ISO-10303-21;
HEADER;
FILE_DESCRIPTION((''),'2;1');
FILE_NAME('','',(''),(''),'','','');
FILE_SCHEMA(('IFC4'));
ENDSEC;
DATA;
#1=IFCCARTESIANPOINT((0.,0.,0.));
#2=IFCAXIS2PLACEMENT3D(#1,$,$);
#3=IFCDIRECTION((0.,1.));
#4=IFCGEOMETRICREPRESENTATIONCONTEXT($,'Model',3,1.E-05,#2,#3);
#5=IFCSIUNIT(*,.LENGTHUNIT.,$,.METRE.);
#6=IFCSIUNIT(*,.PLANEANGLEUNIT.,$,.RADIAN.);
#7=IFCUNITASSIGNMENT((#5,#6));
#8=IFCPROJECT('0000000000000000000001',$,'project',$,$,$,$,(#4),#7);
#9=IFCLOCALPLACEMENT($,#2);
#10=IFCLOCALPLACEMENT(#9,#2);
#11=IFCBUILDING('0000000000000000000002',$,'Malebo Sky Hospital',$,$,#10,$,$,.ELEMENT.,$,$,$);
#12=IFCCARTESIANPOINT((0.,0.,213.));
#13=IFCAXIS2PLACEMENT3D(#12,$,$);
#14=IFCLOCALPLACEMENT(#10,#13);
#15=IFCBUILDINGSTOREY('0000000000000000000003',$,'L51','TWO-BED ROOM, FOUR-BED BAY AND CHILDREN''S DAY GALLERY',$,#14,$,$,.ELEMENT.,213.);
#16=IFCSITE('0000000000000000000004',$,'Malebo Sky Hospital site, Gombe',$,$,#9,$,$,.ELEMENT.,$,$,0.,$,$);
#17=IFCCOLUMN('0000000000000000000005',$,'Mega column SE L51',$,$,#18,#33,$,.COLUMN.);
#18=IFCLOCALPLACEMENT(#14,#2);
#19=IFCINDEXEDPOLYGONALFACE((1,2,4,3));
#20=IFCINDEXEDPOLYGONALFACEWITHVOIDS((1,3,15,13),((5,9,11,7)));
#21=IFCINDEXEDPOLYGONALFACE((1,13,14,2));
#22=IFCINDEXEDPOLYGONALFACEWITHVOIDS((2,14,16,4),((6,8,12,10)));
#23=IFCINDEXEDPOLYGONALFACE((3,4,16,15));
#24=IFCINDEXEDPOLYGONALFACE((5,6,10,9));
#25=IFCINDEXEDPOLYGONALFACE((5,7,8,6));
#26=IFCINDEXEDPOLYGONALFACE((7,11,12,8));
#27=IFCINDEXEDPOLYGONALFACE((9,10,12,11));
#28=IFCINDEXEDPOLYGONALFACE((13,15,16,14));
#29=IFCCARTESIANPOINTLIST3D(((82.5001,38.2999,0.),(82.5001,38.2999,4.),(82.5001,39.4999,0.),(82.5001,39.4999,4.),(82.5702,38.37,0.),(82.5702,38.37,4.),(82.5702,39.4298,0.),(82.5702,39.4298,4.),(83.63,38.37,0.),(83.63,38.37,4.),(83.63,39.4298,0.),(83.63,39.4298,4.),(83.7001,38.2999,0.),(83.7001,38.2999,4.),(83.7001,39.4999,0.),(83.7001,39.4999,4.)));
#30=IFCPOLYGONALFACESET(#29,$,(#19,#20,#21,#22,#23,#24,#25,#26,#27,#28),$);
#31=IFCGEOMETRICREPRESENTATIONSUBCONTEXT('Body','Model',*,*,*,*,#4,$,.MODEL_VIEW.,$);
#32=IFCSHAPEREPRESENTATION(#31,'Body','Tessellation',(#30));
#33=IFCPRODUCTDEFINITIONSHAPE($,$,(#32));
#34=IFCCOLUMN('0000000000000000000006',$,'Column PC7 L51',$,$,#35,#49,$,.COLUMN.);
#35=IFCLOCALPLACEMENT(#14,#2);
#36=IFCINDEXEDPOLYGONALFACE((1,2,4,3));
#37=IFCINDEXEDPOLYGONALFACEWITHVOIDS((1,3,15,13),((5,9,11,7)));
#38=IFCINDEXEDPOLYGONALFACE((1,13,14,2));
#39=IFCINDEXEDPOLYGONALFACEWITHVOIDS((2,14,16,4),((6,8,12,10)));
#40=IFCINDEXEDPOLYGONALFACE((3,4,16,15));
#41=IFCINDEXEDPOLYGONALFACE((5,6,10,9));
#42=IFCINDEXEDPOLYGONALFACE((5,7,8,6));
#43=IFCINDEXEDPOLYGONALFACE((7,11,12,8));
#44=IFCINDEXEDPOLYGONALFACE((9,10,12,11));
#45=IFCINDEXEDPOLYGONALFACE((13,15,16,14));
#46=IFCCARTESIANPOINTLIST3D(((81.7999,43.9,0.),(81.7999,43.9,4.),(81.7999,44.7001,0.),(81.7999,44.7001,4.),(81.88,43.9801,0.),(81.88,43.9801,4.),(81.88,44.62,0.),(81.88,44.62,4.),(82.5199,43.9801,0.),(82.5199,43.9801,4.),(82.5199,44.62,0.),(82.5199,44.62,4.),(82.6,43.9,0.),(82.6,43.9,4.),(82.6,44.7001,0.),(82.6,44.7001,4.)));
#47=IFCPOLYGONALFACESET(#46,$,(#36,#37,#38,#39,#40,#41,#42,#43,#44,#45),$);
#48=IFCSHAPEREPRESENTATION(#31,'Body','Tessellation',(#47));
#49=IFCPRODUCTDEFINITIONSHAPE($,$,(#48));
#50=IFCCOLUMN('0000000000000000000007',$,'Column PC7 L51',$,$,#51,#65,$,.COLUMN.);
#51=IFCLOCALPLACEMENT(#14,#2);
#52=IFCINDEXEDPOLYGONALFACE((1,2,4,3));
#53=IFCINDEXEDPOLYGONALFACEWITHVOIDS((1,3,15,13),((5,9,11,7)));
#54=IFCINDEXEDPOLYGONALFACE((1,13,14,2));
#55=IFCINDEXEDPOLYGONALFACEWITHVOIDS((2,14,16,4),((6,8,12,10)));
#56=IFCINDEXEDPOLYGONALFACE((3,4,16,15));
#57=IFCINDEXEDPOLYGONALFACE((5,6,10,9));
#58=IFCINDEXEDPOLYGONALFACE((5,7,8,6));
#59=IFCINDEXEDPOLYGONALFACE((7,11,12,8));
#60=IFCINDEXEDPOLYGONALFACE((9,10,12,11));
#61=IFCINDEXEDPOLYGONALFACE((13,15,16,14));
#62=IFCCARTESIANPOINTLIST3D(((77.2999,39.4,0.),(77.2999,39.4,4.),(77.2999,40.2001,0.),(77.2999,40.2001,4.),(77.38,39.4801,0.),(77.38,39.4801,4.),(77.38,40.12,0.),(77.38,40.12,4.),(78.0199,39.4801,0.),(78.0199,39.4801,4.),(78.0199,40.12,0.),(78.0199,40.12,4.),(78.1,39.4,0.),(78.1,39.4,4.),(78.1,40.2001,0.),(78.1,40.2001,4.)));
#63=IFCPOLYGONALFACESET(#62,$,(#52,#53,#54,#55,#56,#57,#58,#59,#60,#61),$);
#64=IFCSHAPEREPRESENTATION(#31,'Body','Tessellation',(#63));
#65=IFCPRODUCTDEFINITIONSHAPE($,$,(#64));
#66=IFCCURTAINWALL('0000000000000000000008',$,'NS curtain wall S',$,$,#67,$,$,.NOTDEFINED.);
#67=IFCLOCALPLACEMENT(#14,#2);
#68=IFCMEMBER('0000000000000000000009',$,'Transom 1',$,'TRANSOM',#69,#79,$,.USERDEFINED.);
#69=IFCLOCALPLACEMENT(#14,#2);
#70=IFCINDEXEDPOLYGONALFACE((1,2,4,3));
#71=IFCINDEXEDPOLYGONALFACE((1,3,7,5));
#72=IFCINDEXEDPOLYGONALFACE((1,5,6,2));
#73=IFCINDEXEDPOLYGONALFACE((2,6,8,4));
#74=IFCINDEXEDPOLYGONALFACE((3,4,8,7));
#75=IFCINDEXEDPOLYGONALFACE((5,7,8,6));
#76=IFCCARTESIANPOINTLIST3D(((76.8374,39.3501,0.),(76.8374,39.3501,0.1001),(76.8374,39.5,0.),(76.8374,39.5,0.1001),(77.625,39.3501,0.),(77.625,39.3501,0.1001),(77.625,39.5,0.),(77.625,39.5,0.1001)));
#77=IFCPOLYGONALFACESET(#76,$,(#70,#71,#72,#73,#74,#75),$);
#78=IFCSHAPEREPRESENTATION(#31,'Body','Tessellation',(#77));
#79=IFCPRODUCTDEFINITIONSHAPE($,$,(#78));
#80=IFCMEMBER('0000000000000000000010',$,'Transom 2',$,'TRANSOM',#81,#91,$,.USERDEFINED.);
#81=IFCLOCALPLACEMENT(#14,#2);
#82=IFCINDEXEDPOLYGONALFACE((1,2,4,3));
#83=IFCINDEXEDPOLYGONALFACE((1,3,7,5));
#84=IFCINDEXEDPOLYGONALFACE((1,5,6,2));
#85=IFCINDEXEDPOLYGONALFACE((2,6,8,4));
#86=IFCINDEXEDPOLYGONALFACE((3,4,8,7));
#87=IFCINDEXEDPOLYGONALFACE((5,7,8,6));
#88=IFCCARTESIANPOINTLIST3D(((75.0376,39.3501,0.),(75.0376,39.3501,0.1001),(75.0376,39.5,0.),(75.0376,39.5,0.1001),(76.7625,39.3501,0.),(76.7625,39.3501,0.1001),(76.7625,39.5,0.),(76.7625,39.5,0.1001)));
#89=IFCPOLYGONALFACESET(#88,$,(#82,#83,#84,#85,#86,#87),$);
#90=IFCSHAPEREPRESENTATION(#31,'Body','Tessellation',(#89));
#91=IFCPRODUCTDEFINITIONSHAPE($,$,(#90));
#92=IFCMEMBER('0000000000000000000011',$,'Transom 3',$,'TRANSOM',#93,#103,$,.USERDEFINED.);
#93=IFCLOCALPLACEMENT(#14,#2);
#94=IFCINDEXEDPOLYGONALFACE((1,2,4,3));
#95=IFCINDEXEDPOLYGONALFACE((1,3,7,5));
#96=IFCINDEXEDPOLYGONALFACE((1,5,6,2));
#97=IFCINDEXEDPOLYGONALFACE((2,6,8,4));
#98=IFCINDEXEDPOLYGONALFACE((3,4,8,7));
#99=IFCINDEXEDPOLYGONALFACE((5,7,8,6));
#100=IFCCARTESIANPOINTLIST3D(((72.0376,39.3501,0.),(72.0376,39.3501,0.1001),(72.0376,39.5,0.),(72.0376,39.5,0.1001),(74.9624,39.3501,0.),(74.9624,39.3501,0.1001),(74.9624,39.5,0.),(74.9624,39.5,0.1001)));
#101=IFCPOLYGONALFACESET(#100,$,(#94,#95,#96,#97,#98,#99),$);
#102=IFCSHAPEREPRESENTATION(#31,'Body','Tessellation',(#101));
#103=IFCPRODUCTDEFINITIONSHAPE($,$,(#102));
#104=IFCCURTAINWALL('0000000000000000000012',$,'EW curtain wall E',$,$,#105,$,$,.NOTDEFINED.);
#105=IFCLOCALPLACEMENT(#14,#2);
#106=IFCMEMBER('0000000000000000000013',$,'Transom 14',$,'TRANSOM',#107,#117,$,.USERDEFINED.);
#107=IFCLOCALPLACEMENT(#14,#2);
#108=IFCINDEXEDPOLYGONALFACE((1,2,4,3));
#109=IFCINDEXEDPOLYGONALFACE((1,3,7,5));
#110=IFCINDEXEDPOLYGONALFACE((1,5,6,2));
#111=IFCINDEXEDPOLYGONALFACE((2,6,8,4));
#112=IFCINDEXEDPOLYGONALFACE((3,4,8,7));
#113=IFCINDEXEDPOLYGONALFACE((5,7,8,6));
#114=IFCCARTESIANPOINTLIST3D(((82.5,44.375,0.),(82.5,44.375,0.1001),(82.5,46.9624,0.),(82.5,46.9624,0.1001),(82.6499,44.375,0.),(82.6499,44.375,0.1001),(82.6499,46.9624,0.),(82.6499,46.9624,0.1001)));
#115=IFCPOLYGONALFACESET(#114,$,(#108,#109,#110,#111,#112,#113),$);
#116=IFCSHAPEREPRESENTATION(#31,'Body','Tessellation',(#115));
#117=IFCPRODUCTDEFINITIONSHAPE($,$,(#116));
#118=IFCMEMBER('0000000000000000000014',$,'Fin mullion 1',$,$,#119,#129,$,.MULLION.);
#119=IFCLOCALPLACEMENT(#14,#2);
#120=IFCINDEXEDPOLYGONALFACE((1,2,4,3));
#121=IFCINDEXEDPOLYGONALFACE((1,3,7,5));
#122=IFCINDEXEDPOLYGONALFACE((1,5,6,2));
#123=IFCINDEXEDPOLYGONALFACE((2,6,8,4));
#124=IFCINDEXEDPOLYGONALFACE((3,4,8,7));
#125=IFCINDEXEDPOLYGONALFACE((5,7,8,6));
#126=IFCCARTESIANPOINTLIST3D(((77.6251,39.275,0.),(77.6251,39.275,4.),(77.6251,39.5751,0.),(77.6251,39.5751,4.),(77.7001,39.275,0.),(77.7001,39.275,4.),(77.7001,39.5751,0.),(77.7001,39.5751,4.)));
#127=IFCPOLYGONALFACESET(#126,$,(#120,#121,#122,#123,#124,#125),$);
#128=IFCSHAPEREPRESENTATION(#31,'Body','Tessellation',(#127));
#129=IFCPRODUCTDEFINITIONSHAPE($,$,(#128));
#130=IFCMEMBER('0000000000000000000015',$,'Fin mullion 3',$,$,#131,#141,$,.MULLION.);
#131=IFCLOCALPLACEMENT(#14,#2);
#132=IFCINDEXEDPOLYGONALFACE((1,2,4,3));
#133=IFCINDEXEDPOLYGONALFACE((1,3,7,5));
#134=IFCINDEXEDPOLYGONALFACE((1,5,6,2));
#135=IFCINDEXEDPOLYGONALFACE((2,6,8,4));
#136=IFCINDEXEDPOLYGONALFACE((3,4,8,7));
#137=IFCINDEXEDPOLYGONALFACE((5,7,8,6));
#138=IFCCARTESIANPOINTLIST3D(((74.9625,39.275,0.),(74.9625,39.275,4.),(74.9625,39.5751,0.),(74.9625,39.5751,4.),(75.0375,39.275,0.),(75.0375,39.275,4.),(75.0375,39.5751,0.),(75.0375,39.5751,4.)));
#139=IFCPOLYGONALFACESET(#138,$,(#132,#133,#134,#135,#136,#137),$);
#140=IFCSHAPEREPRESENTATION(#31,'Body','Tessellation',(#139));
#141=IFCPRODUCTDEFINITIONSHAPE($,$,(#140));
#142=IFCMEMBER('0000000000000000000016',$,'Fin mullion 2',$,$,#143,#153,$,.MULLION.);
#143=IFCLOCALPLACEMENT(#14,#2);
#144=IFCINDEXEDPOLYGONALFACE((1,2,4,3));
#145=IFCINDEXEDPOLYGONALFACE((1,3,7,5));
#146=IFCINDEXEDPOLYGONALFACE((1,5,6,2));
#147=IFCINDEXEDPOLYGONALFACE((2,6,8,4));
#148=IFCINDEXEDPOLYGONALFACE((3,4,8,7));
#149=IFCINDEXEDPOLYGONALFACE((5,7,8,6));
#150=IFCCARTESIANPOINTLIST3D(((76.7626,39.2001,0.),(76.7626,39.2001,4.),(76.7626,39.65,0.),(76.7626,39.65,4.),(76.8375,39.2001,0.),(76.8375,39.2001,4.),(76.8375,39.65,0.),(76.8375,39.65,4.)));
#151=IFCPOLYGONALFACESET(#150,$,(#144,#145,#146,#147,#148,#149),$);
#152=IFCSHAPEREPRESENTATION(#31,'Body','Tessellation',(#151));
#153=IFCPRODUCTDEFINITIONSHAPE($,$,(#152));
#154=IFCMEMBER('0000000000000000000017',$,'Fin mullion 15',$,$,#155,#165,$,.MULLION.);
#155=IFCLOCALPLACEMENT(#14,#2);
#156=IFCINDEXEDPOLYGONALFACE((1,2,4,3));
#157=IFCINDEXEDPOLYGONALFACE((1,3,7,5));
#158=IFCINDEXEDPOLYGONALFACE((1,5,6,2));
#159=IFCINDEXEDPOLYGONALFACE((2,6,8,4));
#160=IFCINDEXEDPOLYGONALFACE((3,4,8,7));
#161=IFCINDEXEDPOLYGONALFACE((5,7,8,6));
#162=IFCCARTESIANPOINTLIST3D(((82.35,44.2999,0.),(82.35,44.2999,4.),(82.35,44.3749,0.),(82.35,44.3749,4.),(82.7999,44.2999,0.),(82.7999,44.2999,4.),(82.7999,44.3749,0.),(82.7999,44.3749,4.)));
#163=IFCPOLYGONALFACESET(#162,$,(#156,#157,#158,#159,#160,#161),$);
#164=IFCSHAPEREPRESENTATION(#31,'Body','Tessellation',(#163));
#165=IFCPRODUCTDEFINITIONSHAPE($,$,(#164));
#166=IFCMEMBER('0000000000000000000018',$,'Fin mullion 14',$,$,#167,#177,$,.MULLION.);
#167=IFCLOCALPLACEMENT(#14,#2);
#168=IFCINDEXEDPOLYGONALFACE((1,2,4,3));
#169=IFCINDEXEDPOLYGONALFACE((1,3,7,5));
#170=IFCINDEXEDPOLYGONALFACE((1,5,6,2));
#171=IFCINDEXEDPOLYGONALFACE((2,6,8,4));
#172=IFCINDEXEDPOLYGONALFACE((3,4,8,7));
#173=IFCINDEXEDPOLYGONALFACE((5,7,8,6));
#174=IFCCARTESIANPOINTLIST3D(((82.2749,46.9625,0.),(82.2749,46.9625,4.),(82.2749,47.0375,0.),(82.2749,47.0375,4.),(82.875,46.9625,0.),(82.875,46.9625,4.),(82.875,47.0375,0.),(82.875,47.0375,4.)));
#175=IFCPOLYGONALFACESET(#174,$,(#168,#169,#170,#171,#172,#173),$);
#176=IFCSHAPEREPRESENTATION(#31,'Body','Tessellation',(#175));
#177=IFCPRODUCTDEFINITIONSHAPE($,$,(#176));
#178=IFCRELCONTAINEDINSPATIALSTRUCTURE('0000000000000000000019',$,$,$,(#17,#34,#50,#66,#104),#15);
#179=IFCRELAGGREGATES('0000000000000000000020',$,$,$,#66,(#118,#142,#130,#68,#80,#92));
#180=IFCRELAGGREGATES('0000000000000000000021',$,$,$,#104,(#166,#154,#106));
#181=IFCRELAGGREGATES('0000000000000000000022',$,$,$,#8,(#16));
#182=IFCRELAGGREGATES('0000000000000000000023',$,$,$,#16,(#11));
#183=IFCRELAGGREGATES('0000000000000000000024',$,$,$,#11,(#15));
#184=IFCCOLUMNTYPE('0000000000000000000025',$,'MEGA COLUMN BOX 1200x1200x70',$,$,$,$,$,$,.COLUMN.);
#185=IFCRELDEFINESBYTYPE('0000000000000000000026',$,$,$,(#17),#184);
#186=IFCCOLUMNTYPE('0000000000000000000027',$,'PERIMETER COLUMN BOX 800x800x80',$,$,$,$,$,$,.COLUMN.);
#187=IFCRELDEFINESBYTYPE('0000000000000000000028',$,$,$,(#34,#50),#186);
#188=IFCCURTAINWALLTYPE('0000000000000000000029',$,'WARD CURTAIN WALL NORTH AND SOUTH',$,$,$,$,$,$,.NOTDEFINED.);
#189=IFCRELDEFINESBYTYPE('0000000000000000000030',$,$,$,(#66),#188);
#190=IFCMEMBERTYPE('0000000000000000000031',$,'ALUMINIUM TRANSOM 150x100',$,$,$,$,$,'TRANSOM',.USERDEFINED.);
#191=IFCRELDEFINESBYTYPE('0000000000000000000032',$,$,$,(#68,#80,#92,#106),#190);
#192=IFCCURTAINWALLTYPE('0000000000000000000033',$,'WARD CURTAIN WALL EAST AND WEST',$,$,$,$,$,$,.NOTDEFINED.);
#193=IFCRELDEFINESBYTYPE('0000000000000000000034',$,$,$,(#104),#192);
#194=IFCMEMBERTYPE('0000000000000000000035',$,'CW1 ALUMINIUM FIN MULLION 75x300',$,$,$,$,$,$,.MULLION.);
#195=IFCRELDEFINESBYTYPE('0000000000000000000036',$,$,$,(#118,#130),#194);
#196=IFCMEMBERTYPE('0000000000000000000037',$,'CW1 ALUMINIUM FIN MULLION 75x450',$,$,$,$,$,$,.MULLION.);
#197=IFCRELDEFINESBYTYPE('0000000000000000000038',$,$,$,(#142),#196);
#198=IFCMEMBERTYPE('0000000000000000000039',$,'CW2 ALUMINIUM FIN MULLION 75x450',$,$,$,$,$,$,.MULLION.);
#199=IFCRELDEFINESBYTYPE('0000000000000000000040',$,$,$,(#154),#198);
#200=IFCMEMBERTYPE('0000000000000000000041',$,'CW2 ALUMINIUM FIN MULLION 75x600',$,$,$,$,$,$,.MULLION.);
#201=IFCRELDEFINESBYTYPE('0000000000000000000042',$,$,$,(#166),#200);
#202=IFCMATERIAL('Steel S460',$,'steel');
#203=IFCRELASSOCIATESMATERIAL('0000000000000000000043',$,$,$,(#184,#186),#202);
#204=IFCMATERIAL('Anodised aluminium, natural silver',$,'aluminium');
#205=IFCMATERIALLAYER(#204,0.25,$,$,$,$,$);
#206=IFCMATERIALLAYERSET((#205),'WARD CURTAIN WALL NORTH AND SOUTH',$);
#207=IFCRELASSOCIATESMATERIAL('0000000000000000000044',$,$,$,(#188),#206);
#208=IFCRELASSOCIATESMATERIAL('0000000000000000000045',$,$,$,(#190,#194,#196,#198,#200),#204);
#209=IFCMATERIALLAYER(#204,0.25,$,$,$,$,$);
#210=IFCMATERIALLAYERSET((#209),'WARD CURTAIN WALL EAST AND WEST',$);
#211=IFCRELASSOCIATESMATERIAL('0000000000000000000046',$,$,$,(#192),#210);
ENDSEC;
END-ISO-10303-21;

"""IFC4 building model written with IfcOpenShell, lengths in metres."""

from ifc_helpers import new_model, si_unit, direction, frame, origin, origin_2d, place, context, subcontext, project, spatial, rectangle, hollow_rectangle, extrude, material, layer, layer_set, material_profile, profile_set, type_object, element, aggregate, save


model = new_model("IFC4")

# Units and contexts
model_context = context("Model", 3, precision=1e-05, world=origin(), true_north=direction((0.0, 1.0)))
body_context = subcontext(model_context, "Body", "Model", "MODEL_VIEW")
ifc_project = project(units=[si_unit("LENGTHUNIT", "METRE"), si_unit("PLANEANGLEUNIT", "RADIAN")], contexts=[model_context])

# Site, building, storey
site_placement = place(None, origin())
site = spatial("IfcSite", under=ifc_project, at=site_placement, Name="Malebo Sky Hospital site, Gombe", CompositionType="ELEMENT", RefElevation=0.0)
building_placement = place(site_placement, origin())
building = spatial("IfcBuilding", under=site, at=building_placement, Name="Malebo Sky Hospital", CompositionType="ELEMENT")
storey_placement = place(building_placement, frame((0.0, 0.0, 213.0)))
storey = spatial("IfcBuildingStorey", under=building, at=storey_placement, Name="L51", Description="TWO-BED ROOM, FOUR-BED BAY AND CHILDREN'S DAY GALLERY", CompositionType="ELEMENT", Elevation=213.0)

# Columns
ifc_material_1 = material(Name="Steel S460", Category="steel")
ifc_material_profile_1 = material_profile(ifc_material_1, hollow_rectangle(XDim=1.2, YDim=1.2, WallThickness=0.0701, at=origin_2d()), Name="BOX 1200x1200x70")
ifc_profile_set_1 = profile_set([ifc_material_profile_1], Name="Steel S460")
column_type_1 = type_object("IfcColumnType", Name="MEGA COLUMN BOX 1200x1200x70", PredefinedType="COLUMN", material=ifc_profile_set_1)
column_placement = place(storey_placement, frame((83.1001, 38.8999, 0.0), z_axis=(0.0, 0.0, 1.0), x_axis=(1.0, 0.0, 0.0)))
element("IfcColumn", 1, at=column_placement, inside=storey, type_object=column_type_1, Name="Mega column SE L51", PredefinedType="COLUMN", context=body_context, shape_type="SweptSolid", body=[
    extrude(hollow_rectangle(XDim=1.2, YDim=1.2, WallThickness=0.0701, at=origin_2d()), origin(), (0.0, 0.0, 1.0), 4.0),
])
ifc_material_profile_2 = material_profile(ifc_material_1, hollow_rectangle(XDim=0.8, YDim=0.8, WallThickness=0.0801, at=origin_2d()), Name="BOX 800x800x80")
ifc_profile_set_2 = profile_set([ifc_material_profile_2], Name="Steel S460")
column_type_2 = type_object("IfcColumnType", Name="PERIMETER COLUMN BOX 800x800x80", PredefinedType="COLUMN", material=ifc_profile_set_2)
for number, where, z_axis, x_axis, name in (
    (2, (82.2, 44.3, 0.0), (0.0, 0.0, 1.0), (1.0, 0.0, 0.0), "Column PC7 L51"),
    (3, (77.7, 39.8, 0.0), (0.0, 0.0, 1.0), (1.0, 0.0, 0.0), "Column PC7 L51"),
):
    element("IfcColumn", number, at=place(storey_placement, frame(where, z_axis=z_axis, x_axis=x_axis)), inside=storey, type_object=column_type_2, Name=name, PredefinedType="COLUMN", context=body_context, shape_type="SweptSolid", body=[
        extrude(hollow_rectangle(XDim=0.8, YDim=0.8, WallThickness=0.0801, at=origin_2d()), origin(), (0.0, 0.0, 1.0), 4.0),
    ])

# Curtain wall, members
ifc_material_2 = material(Name="Anodised aluminium, natural silver", Category="aluminium")
ifc_layer_1 = layer(ifc_material_2, 0.25)
ifc_layer_set_1 = layer_set([ifc_layer_1], Name="WARD CURTAIN WALL NORTH AND SOUTH")
curtain_wall_type_1 = type_object("IfcCurtainWallType", Name="WARD CURTAIN WALL NORTH AND SOUTH", PredefinedType="NOTDEFINED", material=ifc_layer_set_1)
curtain_wall_1_placement = place(storey_placement, origin())
curtain_wall_1 = element("IfcCurtainWall", 4, at=curtain_wall_1_placement, inside=storey, type_object=curtain_wall_type_1, Name="NS curtain wall S", PredefinedType="NOTDEFINED")
ifc_material_profile_3 = material_profile(ifc_material_2, rectangle(XDim=0.1499, YDim=0.1001, at=origin_2d()), Name="ALUMINIUM TRANSOM 150x100")
ifc_profile_set_3 = profile_set([ifc_material_profile_3], Name="Anodised aluminium, natural silver")
member_type_1 = type_object("IfcMemberType", Name="ALUMINIUM TRANSOM 150x100", ElementType="TRANSOM", PredefinedType="USERDEFINED", material=ifc_profile_set_3)
member_1_placement = place(storey_placement, frame((77.625, 39.425, 0.05), z_axis=(-1.0, 0.0, 0.0), x_axis=(0.0, -1.0, 0.0)))
member_1 = element("IfcMember", 5, at=member_1_placement, type_object=member_type_1, Name="Transom 1", ObjectType="TRANSOM", PredefinedType="USERDEFINED", context=body_context, shape_type="SweptSolid", body=[
    extrude(rectangle(XDim=0.1499, YDim=0.1001, at=origin_2d()), origin(), (0.0, 0.0, 1.0), 0.7876),
])
member_2_placement = place(storey_placement, frame((76.7625, 39.425, 0.05), z_axis=(-1.0, 0.0, 0.0), x_axis=(0.0, -1.0, 0.0)))
member_2 = element("IfcMember", 6, at=member_2_placement, type_object=member_type_1, Name="Transom 2", ObjectType="TRANSOM", PredefinedType="USERDEFINED", context=body_context, shape_type="SweptSolid", body=[
    extrude(rectangle(XDim=0.1499, YDim=0.1001, at=origin_2d()), origin(), (0.0, 0.0, 1.0), 1.7249),
])
member_3_placement = place(storey_placement, frame((74.9624, 39.425, 0.05), z_axis=(-1.0, 0.0, 0.0), x_axis=(0.0, -1.0, 0.0)))
member_3 = element("IfcMember", 7, at=member_3_placement, type_object=member_type_1, Name="Transom 3", ObjectType="TRANSOM", PredefinedType="USERDEFINED", context=body_context, shape_type="SweptSolid", body=[
    extrude(rectangle(XDim=0.1499, YDim=0.1001, at=origin_2d()), origin(), (0.0, 0.0, 1.0), 2.9248),
])

# Curtain wall, member
ifc_layer_2 = layer(ifc_material_2, 0.25)
ifc_layer_set_2 = layer_set([ifc_layer_2], Name="WARD CURTAIN WALL EAST AND WEST")
curtain_wall_type_2 = type_object("IfcCurtainWallType", Name="WARD CURTAIN WALL EAST AND WEST", PredefinedType="NOTDEFINED", material=ifc_layer_set_2)
curtain_wall_2_placement = place(storey_placement, origin())
curtain_wall_2 = element("IfcCurtainWall", 8, at=curtain_wall_2_placement, inside=storey, type_object=curtain_wall_type_2, Name="EW curtain wall E", PredefinedType="NOTDEFINED")
member_4_placement = place(storey_placement, frame((82.575, 46.9624, 0.05), z_axis=(0.0, -1.0, 0.0), x_axis=(1.0, 0.0, 0.0)))
member_4 = element("IfcMember", 9, at=member_4_placement, type_object=member_type_1, Name="Transom 14", ObjectType="TRANSOM", PredefinedType="USERDEFINED", context=body_context, shape_type="SweptSolid", body=[
    extrude(rectangle(XDim=0.1499, YDim=0.1001, at=origin_2d()), origin(), (0.0, 0.0, 1.0), 2.5874),
])

# Members
ifc_material_profile_4 = material_profile(ifc_material_2, rectangle(XDim=0.075, YDim=0.3, at=origin_2d()), Name="CW1 ALUMINIUM FIN MULLION 75x300")
ifc_profile_set_4 = profile_set([ifc_material_profile_4], Name="Anodised aluminium, natural silver")
member_type_2 = type_object("IfcMemberType", Name="CW1 ALUMINIUM FIN MULLION 75x300", PredefinedType="MULLION", material=ifc_profile_set_4)
member_5_placement = place(storey_placement, frame((77.6626, 39.425, 0.0), z_axis=(0.0, 0.0, 1.0), x_axis=(-1.0, 0.0, 0.0)))
member_5 = element("IfcMember", 10, at=member_5_placement, type_object=member_type_2, Name="Fin mullion 1", PredefinedType="MULLION", context=body_context, shape_type="SweptSolid", body=[
    extrude(rectangle(XDim=0.075, YDim=0.3, at=origin_2d()), origin(), (0.0, 0.0, 1.0), 4.0),
])
member_6_placement = place(storey_placement, frame((75.0, 39.425, 0.0), z_axis=(0.0, 0.0, 1.0), x_axis=(-1.0, 0.0, 0.0)))
member_6 = element("IfcMember", 11, at=member_6_placement, type_object=member_type_2, Name="Fin mullion 3", PredefinedType="MULLION", context=body_context, shape_type="SweptSolid", body=[
    extrude(rectangle(XDim=0.075, YDim=0.3, at=origin_2d()), origin(), (0.0, 0.0, 1.0), 4.0),
])
ifc_material_profile_5 = material_profile(ifc_material_2, rectangle(XDim=0.075, YDim=0.45, at=origin_2d()), Name="CW1 ALUMINIUM FIN MULLION 75x450")
ifc_profile_set_5 = profile_set([ifc_material_profile_5], Name="Anodised aluminium, natural silver")
member_type_3 = type_object("IfcMemberType", Name="CW1 ALUMINIUM FIN MULLION 75x450", PredefinedType="MULLION", material=ifc_profile_set_5)
member_7_placement = place(storey_placement, frame((76.8, 39.425, 0.0), z_axis=(0.0, 0.0, 1.0), x_axis=(-1.0, 0.0, 0.0)))
member_7 = element("IfcMember", 12, at=member_7_placement, type_object=member_type_3, Name="Fin mullion 2", PredefinedType="MULLION", context=body_context, shape_type="SweptSolid", body=[
    extrude(rectangle(XDim=0.075, YDim=0.45, at=origin_2d()), origin(), (0.0, 0.0, 1.0), 4.0),
])
ifc_material_profile_6 = material_profile(ifc_material_2, rectangle(XDim=0.075, YDim=0.45, at=origin_2d()), Name="CW2 ALUMINIUM FIN MULLION 75x450")
ifc_profile_set_6 = profile_set([ifc_material_profile_6], Name="Anodised aluminium, natural silver")
member_type_4 = type_object("IfcMemberType", Name="CW2 ALUMINIUM FIN MULLION 75x450", PredefinedType="MULLION", material=ifc_profile_set_6)
member_8_placement = place(storey_placement, frame((82.575, 44.3374, 0.0), z_axis=(0.0, 0.0, 1.0), x_axis=(0.0, -1.0, 0.0)))
member_8 = element("IfcMember", 13, at=member_8_placement, type_object=member_type_4, Name="Fin mullion 15", PredefinedType="MULLION", context=body_context, shape_type="SweptSolid", body=[
    extrude(rectangle(XDim=0.075, YDim=0.45, at=origin_2d()), origin(), (0.0, 0.0, 1.0), 4.0),
])
ifc_material_profile_7 = material_profile(ifc_material_2, rectangle(XDim=0.075, YDim=0.6001, at=origin_2d()), Name="CW2 ALUMINIUM FIN MULLION 75x600")
ifc_profile_set_7 = profile_set([ifc_material_profile_7], Name="Anodised aluminium, natural silver")
member_type_5 = type_object("IfcMemberType", Name="CW2 ALUMINIUM FIN MULLION 75x600", PredefinedType="MULLION", material=ifc_profile_set_7)
member_9_placement = place(storey_placement, frame((82.575, 47.0, 0.0), z_axis=(0.0, 0.0, 1.0), x_axis=(0.0, -1.0, 0.0)))
member_9 = element("IfcMember", 14, at=member_9_placement, type_object=member_type_5, Name="Fin mullion 14", PredefinedType="MULLION", context=body_context, shape_type="SweptSolid", body=[
    extrude(rectangle(XDim=0.075, YDim=0.6001, at=origin_2d()), origin(), (0.0, 0.0, 1.0), 4.0),
])

aggregate(curtain_wall_1, [member_5, member_7, member_6, member_1, member_2, member_3])
aggregate(curtain_wall_2, [member_9, member_8, member_4])

save(model, "model.ifc")
